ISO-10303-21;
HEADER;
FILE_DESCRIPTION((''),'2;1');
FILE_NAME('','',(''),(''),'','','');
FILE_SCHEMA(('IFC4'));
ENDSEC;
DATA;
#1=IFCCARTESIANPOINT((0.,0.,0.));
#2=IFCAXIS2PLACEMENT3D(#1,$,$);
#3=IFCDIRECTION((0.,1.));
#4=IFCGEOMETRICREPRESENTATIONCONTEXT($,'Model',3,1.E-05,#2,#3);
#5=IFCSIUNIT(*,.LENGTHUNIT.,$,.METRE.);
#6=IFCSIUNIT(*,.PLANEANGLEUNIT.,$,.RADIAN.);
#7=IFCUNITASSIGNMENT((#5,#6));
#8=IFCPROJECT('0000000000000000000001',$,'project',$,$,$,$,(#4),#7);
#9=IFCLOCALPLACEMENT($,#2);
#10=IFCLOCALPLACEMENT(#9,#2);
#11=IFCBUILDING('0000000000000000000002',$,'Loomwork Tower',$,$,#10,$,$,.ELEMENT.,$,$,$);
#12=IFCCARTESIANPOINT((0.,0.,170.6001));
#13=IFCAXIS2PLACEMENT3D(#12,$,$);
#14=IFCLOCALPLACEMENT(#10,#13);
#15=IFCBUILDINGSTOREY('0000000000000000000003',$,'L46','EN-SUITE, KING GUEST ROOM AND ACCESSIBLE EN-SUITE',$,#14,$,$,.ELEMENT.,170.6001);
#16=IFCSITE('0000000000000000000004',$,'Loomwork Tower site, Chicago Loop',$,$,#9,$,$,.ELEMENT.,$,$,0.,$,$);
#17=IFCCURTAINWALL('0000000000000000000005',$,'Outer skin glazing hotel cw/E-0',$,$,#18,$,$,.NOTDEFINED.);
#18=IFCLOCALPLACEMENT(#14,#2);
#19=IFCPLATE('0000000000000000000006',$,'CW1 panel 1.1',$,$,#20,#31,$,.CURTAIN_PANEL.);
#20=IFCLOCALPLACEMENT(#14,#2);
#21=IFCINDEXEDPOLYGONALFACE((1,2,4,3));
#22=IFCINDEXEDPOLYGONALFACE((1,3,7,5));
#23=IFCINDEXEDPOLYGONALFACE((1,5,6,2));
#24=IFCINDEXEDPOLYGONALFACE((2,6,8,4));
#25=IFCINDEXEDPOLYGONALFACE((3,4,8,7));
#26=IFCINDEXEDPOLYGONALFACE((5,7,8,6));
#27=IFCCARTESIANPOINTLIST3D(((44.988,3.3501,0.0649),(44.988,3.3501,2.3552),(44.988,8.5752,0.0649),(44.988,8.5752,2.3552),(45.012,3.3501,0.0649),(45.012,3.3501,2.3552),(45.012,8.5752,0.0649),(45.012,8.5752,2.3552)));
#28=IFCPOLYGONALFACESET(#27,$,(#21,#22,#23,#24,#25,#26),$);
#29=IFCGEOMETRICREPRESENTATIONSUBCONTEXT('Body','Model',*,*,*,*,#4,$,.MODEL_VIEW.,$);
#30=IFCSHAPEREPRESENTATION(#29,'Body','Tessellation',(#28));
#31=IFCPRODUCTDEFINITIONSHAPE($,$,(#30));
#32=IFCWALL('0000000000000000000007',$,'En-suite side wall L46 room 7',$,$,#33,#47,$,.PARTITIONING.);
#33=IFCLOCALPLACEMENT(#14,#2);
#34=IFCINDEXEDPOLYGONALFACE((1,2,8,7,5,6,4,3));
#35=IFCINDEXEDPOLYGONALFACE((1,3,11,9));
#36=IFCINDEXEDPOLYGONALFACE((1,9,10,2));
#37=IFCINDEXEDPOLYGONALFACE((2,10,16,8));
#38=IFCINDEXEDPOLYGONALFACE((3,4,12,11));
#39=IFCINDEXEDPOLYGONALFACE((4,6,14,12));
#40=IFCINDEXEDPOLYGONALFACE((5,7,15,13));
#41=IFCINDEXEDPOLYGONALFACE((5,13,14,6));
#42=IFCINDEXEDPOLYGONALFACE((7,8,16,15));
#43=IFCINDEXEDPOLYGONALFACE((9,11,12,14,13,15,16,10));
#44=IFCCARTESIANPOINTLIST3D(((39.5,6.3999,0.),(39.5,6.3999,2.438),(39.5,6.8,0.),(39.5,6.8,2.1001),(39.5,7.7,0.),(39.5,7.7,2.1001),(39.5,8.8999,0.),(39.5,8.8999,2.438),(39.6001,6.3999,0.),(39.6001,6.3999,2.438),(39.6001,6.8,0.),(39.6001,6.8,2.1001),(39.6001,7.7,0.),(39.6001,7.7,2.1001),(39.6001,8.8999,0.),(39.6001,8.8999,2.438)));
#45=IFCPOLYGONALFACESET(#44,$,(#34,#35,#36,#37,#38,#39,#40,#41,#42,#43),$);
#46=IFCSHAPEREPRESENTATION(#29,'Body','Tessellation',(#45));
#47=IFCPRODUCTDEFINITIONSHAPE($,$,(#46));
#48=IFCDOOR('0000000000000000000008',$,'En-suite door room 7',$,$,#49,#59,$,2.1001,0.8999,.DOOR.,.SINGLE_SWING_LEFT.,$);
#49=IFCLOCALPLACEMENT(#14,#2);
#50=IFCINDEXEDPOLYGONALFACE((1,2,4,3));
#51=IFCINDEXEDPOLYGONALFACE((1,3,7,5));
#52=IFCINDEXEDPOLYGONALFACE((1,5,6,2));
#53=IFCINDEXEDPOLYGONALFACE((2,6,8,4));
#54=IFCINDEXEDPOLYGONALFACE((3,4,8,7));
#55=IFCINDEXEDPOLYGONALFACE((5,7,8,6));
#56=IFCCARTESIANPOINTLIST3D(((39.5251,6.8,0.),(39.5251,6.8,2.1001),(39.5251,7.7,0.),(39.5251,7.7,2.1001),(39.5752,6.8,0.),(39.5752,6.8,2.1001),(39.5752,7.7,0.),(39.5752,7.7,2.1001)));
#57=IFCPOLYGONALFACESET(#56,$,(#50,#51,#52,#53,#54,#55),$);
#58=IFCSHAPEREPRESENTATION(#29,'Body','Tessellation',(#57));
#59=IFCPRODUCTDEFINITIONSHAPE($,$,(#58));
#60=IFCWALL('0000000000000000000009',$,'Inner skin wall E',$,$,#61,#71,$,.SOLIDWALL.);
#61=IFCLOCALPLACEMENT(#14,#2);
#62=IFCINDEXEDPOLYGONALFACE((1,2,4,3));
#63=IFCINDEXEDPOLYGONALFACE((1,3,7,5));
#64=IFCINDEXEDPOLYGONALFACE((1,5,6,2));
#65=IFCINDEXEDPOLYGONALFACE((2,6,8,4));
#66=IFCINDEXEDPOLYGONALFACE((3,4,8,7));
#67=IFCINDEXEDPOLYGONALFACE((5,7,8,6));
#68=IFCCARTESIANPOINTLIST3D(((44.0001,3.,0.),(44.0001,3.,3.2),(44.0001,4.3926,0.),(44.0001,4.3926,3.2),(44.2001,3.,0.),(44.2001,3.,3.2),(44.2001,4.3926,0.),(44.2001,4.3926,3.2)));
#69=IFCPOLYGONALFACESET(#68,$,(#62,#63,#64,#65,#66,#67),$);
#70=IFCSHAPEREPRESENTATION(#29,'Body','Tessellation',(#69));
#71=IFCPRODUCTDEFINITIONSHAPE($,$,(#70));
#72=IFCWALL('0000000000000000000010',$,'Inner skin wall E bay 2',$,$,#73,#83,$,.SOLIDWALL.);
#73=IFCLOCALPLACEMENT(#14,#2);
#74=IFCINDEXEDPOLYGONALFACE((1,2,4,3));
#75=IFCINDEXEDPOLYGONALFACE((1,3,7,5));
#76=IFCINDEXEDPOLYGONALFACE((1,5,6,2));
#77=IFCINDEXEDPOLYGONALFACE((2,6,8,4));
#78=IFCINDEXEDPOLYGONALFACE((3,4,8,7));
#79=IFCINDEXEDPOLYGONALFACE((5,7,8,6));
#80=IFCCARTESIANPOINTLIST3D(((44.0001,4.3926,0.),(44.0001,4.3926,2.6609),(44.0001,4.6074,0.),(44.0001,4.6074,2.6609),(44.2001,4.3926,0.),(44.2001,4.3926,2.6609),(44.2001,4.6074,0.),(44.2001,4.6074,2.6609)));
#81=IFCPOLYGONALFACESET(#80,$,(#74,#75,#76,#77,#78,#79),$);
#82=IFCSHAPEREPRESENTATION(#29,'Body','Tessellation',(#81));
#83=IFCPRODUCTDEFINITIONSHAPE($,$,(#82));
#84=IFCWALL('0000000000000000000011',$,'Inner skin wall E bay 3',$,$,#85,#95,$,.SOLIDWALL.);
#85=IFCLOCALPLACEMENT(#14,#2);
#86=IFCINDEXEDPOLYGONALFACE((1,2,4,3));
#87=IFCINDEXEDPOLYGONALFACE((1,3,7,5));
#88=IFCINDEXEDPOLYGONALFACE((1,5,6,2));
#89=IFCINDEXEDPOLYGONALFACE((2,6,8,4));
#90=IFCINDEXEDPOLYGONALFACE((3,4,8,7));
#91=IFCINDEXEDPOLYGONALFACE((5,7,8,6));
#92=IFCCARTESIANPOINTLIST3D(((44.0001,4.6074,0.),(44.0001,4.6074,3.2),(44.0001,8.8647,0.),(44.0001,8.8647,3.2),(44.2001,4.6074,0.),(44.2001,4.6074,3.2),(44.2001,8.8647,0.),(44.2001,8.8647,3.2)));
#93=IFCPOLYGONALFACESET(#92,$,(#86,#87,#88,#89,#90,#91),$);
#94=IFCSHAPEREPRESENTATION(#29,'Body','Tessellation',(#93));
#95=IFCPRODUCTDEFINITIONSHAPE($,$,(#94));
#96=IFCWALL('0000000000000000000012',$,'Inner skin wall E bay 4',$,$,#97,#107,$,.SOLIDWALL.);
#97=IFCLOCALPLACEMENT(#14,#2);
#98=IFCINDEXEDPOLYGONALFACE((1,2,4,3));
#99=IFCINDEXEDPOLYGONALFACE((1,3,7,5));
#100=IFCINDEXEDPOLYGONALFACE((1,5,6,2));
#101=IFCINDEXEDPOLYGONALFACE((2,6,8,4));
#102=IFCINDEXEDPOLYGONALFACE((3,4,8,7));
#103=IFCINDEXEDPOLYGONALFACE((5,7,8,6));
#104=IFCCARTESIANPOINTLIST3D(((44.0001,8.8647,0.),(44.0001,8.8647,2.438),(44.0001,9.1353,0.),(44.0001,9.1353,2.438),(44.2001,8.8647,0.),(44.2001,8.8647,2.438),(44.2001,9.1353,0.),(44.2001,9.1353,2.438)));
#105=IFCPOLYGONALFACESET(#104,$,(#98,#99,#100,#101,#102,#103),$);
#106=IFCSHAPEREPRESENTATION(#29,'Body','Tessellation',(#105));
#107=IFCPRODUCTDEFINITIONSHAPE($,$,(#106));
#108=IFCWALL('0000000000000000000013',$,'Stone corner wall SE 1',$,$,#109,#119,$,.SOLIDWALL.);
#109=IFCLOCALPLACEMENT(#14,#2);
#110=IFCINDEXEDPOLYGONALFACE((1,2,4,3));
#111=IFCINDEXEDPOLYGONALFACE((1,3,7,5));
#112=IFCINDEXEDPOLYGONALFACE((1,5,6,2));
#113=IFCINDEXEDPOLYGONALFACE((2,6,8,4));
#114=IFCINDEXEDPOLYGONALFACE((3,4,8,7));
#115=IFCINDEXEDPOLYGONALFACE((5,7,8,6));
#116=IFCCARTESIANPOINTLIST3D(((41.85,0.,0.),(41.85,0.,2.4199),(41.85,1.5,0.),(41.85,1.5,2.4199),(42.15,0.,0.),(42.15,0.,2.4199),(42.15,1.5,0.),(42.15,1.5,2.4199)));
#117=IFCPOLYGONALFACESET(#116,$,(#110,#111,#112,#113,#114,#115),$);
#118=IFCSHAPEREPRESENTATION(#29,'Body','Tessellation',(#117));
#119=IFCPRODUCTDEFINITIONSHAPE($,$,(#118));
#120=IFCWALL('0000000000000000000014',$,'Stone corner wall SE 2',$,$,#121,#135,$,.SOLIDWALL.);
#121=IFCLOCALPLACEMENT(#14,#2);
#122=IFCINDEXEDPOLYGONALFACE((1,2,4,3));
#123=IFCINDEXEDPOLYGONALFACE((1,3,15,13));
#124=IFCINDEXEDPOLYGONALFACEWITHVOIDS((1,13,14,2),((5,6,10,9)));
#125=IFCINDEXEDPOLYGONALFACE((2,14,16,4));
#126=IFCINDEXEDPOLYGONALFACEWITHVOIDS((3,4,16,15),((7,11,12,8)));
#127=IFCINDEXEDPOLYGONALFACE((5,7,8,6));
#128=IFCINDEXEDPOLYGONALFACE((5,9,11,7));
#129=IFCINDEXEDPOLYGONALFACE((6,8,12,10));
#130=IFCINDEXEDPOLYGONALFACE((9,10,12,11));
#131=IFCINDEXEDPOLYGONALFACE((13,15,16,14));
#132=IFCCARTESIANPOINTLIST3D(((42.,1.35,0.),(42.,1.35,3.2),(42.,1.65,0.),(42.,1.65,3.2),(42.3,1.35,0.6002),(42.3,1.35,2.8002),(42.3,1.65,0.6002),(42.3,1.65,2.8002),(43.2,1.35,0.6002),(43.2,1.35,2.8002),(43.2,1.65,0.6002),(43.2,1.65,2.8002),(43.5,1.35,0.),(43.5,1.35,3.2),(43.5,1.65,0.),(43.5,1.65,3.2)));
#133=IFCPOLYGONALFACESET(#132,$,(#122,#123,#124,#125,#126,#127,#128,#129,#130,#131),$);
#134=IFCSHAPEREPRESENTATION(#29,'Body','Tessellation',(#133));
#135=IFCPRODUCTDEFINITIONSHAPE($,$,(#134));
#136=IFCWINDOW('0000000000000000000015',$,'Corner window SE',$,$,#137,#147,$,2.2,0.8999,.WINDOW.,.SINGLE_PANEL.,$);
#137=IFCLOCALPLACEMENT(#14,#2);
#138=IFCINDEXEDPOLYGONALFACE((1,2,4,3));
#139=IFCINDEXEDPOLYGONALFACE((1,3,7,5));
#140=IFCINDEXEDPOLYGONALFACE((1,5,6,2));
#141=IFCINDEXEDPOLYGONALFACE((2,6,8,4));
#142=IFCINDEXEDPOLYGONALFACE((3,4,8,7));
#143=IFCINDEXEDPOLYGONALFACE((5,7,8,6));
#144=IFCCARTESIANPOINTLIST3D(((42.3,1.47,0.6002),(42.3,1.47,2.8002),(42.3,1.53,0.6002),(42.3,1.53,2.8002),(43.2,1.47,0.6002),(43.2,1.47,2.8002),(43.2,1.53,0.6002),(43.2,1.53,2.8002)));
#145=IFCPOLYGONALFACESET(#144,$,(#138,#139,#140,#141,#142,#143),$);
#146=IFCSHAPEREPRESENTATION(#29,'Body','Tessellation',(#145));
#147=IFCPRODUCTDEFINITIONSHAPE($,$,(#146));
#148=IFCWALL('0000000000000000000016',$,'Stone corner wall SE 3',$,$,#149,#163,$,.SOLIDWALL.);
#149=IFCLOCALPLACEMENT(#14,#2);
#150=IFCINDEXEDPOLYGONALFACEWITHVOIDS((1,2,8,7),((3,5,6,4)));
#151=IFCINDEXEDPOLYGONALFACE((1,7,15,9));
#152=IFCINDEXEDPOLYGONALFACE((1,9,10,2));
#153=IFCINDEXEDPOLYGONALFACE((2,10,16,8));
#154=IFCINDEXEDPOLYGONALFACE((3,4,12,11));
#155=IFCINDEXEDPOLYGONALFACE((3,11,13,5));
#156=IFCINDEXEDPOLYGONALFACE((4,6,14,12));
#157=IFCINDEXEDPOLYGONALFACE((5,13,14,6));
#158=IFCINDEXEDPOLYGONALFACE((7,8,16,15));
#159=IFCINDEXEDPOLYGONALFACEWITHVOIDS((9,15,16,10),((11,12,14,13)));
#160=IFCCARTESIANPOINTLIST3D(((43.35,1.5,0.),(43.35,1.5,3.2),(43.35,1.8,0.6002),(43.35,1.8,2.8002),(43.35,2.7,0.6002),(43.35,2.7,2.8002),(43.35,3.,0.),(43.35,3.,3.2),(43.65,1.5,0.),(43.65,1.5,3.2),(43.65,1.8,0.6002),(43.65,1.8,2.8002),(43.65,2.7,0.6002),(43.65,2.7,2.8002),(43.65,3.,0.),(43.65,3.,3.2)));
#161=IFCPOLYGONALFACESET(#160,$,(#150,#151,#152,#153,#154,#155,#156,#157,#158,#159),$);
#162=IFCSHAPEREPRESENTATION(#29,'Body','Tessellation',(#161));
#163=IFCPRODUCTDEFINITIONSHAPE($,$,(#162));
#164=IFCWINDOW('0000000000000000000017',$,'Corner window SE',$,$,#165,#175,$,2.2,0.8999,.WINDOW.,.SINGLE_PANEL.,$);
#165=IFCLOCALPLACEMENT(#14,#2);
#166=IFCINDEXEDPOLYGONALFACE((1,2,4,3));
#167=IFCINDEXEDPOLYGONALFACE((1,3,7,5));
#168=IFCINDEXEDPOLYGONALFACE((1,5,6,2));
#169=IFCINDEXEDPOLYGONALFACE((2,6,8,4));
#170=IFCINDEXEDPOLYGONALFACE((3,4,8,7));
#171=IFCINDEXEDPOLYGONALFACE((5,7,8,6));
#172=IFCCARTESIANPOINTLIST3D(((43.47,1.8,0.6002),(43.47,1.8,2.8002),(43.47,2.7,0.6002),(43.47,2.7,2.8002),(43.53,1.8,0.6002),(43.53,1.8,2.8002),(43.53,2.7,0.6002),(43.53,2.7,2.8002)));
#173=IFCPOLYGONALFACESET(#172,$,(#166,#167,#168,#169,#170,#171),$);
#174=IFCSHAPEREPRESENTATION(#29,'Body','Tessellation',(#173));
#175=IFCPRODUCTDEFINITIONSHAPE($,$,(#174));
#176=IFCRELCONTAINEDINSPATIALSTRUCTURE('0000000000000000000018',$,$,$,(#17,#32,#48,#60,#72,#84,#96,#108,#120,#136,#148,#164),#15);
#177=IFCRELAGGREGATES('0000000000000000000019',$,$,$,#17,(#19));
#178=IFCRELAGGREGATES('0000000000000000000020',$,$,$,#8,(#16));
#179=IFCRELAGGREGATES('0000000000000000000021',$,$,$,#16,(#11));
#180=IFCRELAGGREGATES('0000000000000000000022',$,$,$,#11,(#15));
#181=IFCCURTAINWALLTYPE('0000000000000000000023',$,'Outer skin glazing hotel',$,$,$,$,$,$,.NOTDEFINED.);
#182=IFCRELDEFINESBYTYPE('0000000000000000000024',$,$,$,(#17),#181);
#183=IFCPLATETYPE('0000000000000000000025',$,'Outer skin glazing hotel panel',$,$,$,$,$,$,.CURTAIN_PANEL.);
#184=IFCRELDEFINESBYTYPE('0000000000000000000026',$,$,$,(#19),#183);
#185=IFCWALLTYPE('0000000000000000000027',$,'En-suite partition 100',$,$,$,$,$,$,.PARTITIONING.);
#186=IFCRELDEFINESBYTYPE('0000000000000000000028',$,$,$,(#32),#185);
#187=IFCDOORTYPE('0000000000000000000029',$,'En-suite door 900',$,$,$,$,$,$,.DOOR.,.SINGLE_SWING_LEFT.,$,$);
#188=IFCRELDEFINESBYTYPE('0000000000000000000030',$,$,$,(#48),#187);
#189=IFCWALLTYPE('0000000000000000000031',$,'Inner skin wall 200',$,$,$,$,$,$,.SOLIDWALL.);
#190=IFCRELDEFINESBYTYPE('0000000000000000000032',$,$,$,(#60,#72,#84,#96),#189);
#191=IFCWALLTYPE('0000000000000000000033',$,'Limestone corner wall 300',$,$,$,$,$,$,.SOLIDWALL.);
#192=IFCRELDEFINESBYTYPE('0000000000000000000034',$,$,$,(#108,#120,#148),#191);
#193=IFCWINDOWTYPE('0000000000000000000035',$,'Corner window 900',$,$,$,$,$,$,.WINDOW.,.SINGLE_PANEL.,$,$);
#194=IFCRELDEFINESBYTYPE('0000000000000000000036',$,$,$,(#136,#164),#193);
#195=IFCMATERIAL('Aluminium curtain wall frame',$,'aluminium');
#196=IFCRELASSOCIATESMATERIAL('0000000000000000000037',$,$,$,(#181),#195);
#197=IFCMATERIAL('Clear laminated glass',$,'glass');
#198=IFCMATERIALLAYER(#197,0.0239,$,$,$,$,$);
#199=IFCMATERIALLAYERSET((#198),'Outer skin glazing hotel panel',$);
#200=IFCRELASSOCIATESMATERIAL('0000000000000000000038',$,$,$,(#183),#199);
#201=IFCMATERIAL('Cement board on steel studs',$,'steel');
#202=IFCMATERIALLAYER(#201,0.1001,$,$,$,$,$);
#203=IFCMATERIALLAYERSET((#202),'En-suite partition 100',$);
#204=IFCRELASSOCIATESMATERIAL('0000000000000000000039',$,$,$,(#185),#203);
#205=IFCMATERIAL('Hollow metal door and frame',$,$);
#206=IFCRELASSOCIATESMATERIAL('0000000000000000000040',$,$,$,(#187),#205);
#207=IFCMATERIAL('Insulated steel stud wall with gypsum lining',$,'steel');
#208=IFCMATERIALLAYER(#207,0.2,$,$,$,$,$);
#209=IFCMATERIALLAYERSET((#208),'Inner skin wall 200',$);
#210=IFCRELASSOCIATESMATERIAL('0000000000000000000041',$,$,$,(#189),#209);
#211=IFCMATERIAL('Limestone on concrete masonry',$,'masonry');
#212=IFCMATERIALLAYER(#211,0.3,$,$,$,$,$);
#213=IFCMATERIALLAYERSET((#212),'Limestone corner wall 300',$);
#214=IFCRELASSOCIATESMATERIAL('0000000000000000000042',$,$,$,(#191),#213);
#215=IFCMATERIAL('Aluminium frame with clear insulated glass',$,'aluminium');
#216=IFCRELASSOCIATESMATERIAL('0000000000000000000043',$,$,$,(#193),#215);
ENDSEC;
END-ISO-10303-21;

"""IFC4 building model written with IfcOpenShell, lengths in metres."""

from ifc_helpers import new_model, si_unit, direction, frame, frame_2d, origin, origin_2d, place, context, subcontext, project, spatial, rectangle, extrude, material, layer, layer_set, type_object, element, fill, aggregate, save


model = new_model("IFC4")

# Units and contexts
model_context = context("Model", 3, precision=1e-05, world=origin(), true_north=direction((0.0, 1.0)))
body_context = subcontext(model_context, "Body", "Model", "MODEL_VIEW")
ifc_project = project(units=[si_unit("LENGTHUNIT", "METRE"), si_unit("PLANEANGLEUNIT", "RADIAN")], contexts=[model_context])

# Site, building, storey
site_placement = place(None, origin())
site = spatial("IfcSite", under=ifc_project, at=site_placement, Name="Loomwork Tower site, Chicago Loop", CompositionType="ELEMENT", RefElevation=0.0)
building_placement = place(site_placement, origin())
building = spatial("IfcBuilding", under=site, at=building_placement, Name="Loomwork Tower", CompositionType="ELEMENT")
storey_placement = place(building_placement, frame((0.0, 0.0, 170.6001)))
storey = spatial("IfcBuildingStorey", under=building, at=storey_placement, Name="L46", Description="EN-SUITE, KING GUEST ROOM AND ACCESSIBLE EN-SUITE", CompositionType="ELEMENT", Elevation=170.6001)

# Shared definitions
ifc_material_1 = material(Name="Aluminium curtain wall frame", Category="aluminium")
curtain_wall_type = type_object("IfcCurtainWallType", Name="Outer skin glazing hotel", PredefinedType="NOTDEFINED", material=ifc_material_1)

# Curtain wall
curtain_wall_1_placement = place(storey_placement, origin())
curtain_wall_1 = element("IfcCurtainWall", 1, at=curtain_wall_1_placement, inside=storey, type_object=curtain_wall_type, Name="Outer skin glazing hotel cw/E-0", PredefinedType="NOTDEFINED")

# Plate
ifc_material_2 = material(Name="Clear laminated glass", Category="glass")
ifc_layer_1 = layer(ifc_material_2, 0.0239)
ifc_layer_set_1 = layer_set([ifc_layer_1], Name="Outer skin glazing hotel panel")
plate_type = type_object("IfcPlateType", Name="Outer skin glazing hotel panel", PredefinedType="CURTAIN_PANEL", material=ifc_layer_set_1)
plate_placement = place(storey_placement, frame((45.0, 5.9626, 0.0649), z_axis=(0.0, 0.0, 1.0), x_axis=(0.0, 1.0, 0.0)))
plate = element("IfcPlate", 2, at=plate_placement, type_object=plate_type, Name="CW1 panel 1.1", PredefinedType="CURTAIN_PANEL", context=body_context, shape_type="SweptSolid", body=[
    extrude(rectangle(XDim=5.2251, YDim=0.0239, at=origin_2d()), origin(), (0.0, 0.0, 1.0), 2.2903),
])
aggregate(curtain_wall_1, [plate])

# Wall, opening, door
ifc_material_3 = material(Name="Cement board on steel studs", Category="steel")
ifc_layer_2 = layer(ifc_material_3, 0.1001)
ifc_layer_set_2 = layer_set([ifc_layer_2], Name="En-suite partition 100")
wall_type_1 = type_object("IfcWallType", Name="En-suite partition 100", PredefinedType="PARTITIONING", material=ifc_layer_set_2)
wall_1_placement = place(storey_placement, frame((39.55, 8.8999, 0.0), z_axis=(0.0, 0.0, 1.0), x_axis=(0.0, -1.0, 0.0)))
wall_1 = element("IfcWall", 3, at=wall_1_placement, inside=storey, type_object=wall_type_1, Name="En-suite side wall L46 room 7", PredefinedType="PARTITIONING", context=body_context, shape_type="SweptSolid", body=[
    extrude(rectangle(XDim=2.5, YDim=0.1001, at=frame_2d((1.25, 0.0))), origin(), (0.0, 0.0, 1.0), 2.438),
])
opening_1_placement = place(wall_1_placement, frame((1.2, 0.0, 0.0)))
opening_1 = element("IfcOpeningElement", 4, at=opening_1_placement, cuts=wall_1, PredefinedType="OPENING", context=body_context, shape_type="SweptSolid", body=[
    extrude(rectangle(XDim=0.8999, YDim=2.1001, at=frame_2d((0.45, 1.05))), frame((0.0, 0.0601, 0.0), z_axis=(0.0, -1.0, 0.0), x_axis=(1.0, 0.0, 0.0)), (0.0, 0.0, 1.0), 0.1201),
])
ifc_material_4 = material(Name="Hollow metal door and frame")
door_type = type_object("IfcDoorType", Name="En-suite door 900", OperationType="SINGLE_SWING_LEFT", PredefinedType="DOOR", material=ifc_material_4)
door_placement = place(opening_1_placement, frame((0.8999, 0.0, 0.0), z_axis=(0.0, 0.0, 1.0), x_axis=(-1.0, 0.0, 0.0)))
door = element("IfcDoor", 5, at=door_placement, inside=storey, type_object=door_type, Name="En-suite door room 7", OperationType="SINGLE_SWING_LEFT", OverallHeight=2.1001, OverallWidth=0.8999, PredefinedType="DOOR", context=body_context, shape_type="SweptSolid", body=[
    extrude(rectangle(XDim=0.8999, YDim=2.1001, at=frame_2d((0.45, 1.05))), frame((0.0, 0.0249, 0.0), z_axis=(0.0, -1.0, 0.0), x_axis=(1.0, 0.0, 0.0)), (0.0, 0.0, 1.0), 0.05),
])
fill(opening_1, door)

# Walls
ifc_material_5 = material(Name="Insulated steel stud wall with gypsum lining", Category="steel")
ifc_layer_3 = layer(ifc_material_5, 0.2)
ifc_layer_set_3 = layer_set([ifc_layer_3], Name="Inner skin wall 200")
wall_type_2 = type_object("IfcWallType", Name="Inner skin wall 200", PredefinedType="SOLIDWALL", material=ifc_layer_set_3)
wall_2_placement = place(storey_placement, frame((44.1001, 3.0, 0.0), z_axis=(0.0, 0.0, 1.0), x_axis=(0.0, 1.0, 0.0)))
element("IfcWall", 6, at=wall_2_placement, inside=storey, type_object=wall_type_2, Name="Inner skin wall E", PredefinedType="SOLIDWALL", context=body_context, shape_type="SweptSolid", body=[
    extrude(rectangle(XDim=1.3926, YDim=0.2, at=frame_2d((0.6963, 0.0))), origin(), (0.0, 0.0, 1.0), 3.2),
])
wall_3_placement = place(storey_placement, frame((44.1001, 4.3926, 0.0), z_axis=(0.0, 0.0, 1.0), x_axis=(0.0, 1.0, 0.0)))
element("IfcWall", 7, at=wall_3_placement, inside=storey, type_object=wall_type_2, Name="Inner skin wall E bay 2", PredefinedType="SOLIDWALL", context=body_context, shape_type="SweptSolid", body=[
    extrude(rectangle(XDim=0.2148, YDim=0.2, at=frame_2d((0.1074, 0.0))), origin(), (0.0, 0.0, 1.0), 2.6609),
])
wall_4_placement = place(storey_placement, frame((44.1001, 4.6074, 0.0), z_axis=(0.0, 0.0, 1.0), x_axis=(0.0, 1.0, 0.0)))
element("IfcWall", 8, at=wall_4_placement, inside=storey, type_object=wall_type_2, Name="Inner skin wall E bay 3", PredefinedType="SOLIDWALL", context=body_context, shape_type="SweptSolid", body=[
    extrude(rectangle(XDim=4.2573, YDim=0.2, at=frame_2d((2.1287, 0.0))), origin(), (0.0, 0.0, 1.0), 3.2),
])
wall_5_placement = place(storey_placement, frame((44.1001, 8.8647, 0.0), z_axis=(0.0, 0.0, 1.0), x_axis=(0.0, 1.0, 0.0)))
element("IfcWall", 9, at=wall_5_placement, inside=storey, type_object=wall_type_2, Name="Inner skin wall E bay 4", PredefinedType="SOLIDWALL", context=body_context, shape_type="SweptSolid", body=[
    extrude(rectangle(XDim=0.2705, YDim=0.2, at=frame_2d((0.1353, 0.0))), origin(), (0.0, 0.0, 1.0), 2.438),
])
ifc_material_6 = material(Name="Limestone on concrete masonry", Category="masonry")
ifc_layer_4 = layer(ifc_material_6, 0.3)
ifc_layer_set_4 = layer_set([ifc_layer_4], Name="Limestone corner wall 300")
wall_type_3 = type_object("IfcWallType", Name="Limestone corner wall 300", PredefinedType="SOLIDWALL", material=ifc_layer_set_4)
wall_6_placement = place(storey_placement, frame((42.0, 0.0, 0.0), z_axis=(0.0, 0.0, 1.0), x_axis=(0.0, 1.0, 0.0)))
element("IfcWall", 10, at=wall_6_placement, inside=storey, type_object=wall_type_3, Name="Stone corner wall SE 1", PredefinedType="SOLIDWALL", context=body_context, shape_type="SweptSolid", body=[
    extrude(rectangle(XDim=1.5, YDim=0.3, at=frame_2d((0.75, 0.0))), origin(), (0.0, 0.0, 1.0), 2.4199),
])

# Walls, openings, windows
wall_7_placement = place(storey_placement, frame((42.0, 1.5, 0.0), z_axis=(0.0, 0.0, 1.0), x_axis=(1.0, 0.0, 0.0)))
wall_7 = element("IfcWall", 11, at=wall_7_placement, inside=storey, type_object=wall_type_3, Name="Stone corner wall SE 2", PredefinedType="SOLIDWALL", context=body_context, shape_type="SweptSolid", body=[
    extrude(rectangle(XDim=1.5, YDim=0.3, at=frame_2d((0.75, 0.0))), origin(), (0.0, 0.0, 1.0), 3.2),
])
opening_2_placement = place(wall_7_placement, frame((0.3, 0.0, 0.6001)))
opening_2 = element("IfcOpeningElement", 12, at=opening_2_placement, cuts=wall_7, PredefinedType="OPENING", context=body_context, shape_type="SweptSolid", body=[
    extrude(rectangle(XDim=0.8999, YDim=2.2, at=frame_2d((0.45, 1.1001))), frame((0.0, 0.1599, 0.0), z_axis=(0.0, -1.0, 0.0), x_axis=(1.0, 0.0, 0.0)), (0.0, 0.0, 1.0), 0.3201),
])
ifc_material_7 = material(Name="Aluminium frame with clear insulated glass", Category="aluminium")
window_type = type_object("IfcWindowType", Name="Corner window 900", PartitioningType="SINGLE_PANEL", PredefinedType="WINDOW", material=ifc_material_7)
window_1_placement = place(opening_2_placement, origin())
window_1 = element("IfcWindow", 13, at=window_1_placement, inside=storey, type_object=window_type, Name="Corner window SE", OverallHeight=2.2, OverallWidth=0.8999, PartitioningType="SINGLE_PANEL", PredefinedType="WINDOW", context=body_context, shape_type="SweptSolid", body=[
    extrude(rectangle(XDim=0.8999, YDim=2.2, at=frame_2d((0.45, 1.1001))), frame((0.0, 0.03, 0.0), z_axis=(0.0, -1.0, 0.0), x_axis=(1.0, 0.0, 0.0)), (0.0, 0.0, 1.0), 0.0601),
])
fill(opening_2, window_1)
wall_8_placement = place(storey_placement, frame((43.5, 1.5, 0.0), z_axis=(0.0, 0.0, 1.0), x_axis=(0.0, 1.0, 0.0)))
wall_8 = element("IfcWall", 14, at=wall_8_placement, inside=storey, type_object=wall_type_3, Name="Stone corner wall SE 3", PredefinedType="SOLIDWALL", context=body_context, shape_type="SweptSolid", body=[
    extrude(rectangle(XDim=1.5, YDim=0.3, at=frame_2d((0.75, 0.0))), origin(), (0.0, 0.0, 1.0), 3.2),
])
opening_3_placement = place(wall_8_placement, frame((0.3, 0.0, 0.6001)))
opening_3 = element("IfcOpeningElement", 15, at=opening_3_placement, cuts=wall_8, PredefinedType="OPENING", context=body_context, shape_type="SweptSolid", body=[
    extrude(rectangle(XDim=0.8999, YDim=2.2, at=frame_2d((0.45, 1.1001))), frame((0.0, 0.1599, 0.0), z_axis=(0.0, -1.0, 0.0), x_axis=(1.0, 0.0, 0.0)), (0.0, 0.0, 1.0), 0.3201),
])
window_2_placement = place(opening_3_placement, origin())
window_2 = element("IfcWindow", 16, at=window_2_placement, inside=storey, type_object=window_type, Name="Corner window SE", OverallHeight=2.2, OverallWidth=0.8999, PartitioningType="SINGLE_PANEL", PredefinedType="WINDOW", context=body_context, shape_type="SweptSolid", body=[
    extrude(rectangle(XDim=0.8999, YDim=2.2, at=frame_2d((0.45, 1.1001))), frame((0.0, 0.03, 0.0), z_axis=(0.0, -1.0, 0.0), x_axis=(1.0, 0.0, 0.0)), (0.0, 0.0, 1.0), 0.0601),
])
fill(opening_3, window_2)

save(model, "model.ifc")
